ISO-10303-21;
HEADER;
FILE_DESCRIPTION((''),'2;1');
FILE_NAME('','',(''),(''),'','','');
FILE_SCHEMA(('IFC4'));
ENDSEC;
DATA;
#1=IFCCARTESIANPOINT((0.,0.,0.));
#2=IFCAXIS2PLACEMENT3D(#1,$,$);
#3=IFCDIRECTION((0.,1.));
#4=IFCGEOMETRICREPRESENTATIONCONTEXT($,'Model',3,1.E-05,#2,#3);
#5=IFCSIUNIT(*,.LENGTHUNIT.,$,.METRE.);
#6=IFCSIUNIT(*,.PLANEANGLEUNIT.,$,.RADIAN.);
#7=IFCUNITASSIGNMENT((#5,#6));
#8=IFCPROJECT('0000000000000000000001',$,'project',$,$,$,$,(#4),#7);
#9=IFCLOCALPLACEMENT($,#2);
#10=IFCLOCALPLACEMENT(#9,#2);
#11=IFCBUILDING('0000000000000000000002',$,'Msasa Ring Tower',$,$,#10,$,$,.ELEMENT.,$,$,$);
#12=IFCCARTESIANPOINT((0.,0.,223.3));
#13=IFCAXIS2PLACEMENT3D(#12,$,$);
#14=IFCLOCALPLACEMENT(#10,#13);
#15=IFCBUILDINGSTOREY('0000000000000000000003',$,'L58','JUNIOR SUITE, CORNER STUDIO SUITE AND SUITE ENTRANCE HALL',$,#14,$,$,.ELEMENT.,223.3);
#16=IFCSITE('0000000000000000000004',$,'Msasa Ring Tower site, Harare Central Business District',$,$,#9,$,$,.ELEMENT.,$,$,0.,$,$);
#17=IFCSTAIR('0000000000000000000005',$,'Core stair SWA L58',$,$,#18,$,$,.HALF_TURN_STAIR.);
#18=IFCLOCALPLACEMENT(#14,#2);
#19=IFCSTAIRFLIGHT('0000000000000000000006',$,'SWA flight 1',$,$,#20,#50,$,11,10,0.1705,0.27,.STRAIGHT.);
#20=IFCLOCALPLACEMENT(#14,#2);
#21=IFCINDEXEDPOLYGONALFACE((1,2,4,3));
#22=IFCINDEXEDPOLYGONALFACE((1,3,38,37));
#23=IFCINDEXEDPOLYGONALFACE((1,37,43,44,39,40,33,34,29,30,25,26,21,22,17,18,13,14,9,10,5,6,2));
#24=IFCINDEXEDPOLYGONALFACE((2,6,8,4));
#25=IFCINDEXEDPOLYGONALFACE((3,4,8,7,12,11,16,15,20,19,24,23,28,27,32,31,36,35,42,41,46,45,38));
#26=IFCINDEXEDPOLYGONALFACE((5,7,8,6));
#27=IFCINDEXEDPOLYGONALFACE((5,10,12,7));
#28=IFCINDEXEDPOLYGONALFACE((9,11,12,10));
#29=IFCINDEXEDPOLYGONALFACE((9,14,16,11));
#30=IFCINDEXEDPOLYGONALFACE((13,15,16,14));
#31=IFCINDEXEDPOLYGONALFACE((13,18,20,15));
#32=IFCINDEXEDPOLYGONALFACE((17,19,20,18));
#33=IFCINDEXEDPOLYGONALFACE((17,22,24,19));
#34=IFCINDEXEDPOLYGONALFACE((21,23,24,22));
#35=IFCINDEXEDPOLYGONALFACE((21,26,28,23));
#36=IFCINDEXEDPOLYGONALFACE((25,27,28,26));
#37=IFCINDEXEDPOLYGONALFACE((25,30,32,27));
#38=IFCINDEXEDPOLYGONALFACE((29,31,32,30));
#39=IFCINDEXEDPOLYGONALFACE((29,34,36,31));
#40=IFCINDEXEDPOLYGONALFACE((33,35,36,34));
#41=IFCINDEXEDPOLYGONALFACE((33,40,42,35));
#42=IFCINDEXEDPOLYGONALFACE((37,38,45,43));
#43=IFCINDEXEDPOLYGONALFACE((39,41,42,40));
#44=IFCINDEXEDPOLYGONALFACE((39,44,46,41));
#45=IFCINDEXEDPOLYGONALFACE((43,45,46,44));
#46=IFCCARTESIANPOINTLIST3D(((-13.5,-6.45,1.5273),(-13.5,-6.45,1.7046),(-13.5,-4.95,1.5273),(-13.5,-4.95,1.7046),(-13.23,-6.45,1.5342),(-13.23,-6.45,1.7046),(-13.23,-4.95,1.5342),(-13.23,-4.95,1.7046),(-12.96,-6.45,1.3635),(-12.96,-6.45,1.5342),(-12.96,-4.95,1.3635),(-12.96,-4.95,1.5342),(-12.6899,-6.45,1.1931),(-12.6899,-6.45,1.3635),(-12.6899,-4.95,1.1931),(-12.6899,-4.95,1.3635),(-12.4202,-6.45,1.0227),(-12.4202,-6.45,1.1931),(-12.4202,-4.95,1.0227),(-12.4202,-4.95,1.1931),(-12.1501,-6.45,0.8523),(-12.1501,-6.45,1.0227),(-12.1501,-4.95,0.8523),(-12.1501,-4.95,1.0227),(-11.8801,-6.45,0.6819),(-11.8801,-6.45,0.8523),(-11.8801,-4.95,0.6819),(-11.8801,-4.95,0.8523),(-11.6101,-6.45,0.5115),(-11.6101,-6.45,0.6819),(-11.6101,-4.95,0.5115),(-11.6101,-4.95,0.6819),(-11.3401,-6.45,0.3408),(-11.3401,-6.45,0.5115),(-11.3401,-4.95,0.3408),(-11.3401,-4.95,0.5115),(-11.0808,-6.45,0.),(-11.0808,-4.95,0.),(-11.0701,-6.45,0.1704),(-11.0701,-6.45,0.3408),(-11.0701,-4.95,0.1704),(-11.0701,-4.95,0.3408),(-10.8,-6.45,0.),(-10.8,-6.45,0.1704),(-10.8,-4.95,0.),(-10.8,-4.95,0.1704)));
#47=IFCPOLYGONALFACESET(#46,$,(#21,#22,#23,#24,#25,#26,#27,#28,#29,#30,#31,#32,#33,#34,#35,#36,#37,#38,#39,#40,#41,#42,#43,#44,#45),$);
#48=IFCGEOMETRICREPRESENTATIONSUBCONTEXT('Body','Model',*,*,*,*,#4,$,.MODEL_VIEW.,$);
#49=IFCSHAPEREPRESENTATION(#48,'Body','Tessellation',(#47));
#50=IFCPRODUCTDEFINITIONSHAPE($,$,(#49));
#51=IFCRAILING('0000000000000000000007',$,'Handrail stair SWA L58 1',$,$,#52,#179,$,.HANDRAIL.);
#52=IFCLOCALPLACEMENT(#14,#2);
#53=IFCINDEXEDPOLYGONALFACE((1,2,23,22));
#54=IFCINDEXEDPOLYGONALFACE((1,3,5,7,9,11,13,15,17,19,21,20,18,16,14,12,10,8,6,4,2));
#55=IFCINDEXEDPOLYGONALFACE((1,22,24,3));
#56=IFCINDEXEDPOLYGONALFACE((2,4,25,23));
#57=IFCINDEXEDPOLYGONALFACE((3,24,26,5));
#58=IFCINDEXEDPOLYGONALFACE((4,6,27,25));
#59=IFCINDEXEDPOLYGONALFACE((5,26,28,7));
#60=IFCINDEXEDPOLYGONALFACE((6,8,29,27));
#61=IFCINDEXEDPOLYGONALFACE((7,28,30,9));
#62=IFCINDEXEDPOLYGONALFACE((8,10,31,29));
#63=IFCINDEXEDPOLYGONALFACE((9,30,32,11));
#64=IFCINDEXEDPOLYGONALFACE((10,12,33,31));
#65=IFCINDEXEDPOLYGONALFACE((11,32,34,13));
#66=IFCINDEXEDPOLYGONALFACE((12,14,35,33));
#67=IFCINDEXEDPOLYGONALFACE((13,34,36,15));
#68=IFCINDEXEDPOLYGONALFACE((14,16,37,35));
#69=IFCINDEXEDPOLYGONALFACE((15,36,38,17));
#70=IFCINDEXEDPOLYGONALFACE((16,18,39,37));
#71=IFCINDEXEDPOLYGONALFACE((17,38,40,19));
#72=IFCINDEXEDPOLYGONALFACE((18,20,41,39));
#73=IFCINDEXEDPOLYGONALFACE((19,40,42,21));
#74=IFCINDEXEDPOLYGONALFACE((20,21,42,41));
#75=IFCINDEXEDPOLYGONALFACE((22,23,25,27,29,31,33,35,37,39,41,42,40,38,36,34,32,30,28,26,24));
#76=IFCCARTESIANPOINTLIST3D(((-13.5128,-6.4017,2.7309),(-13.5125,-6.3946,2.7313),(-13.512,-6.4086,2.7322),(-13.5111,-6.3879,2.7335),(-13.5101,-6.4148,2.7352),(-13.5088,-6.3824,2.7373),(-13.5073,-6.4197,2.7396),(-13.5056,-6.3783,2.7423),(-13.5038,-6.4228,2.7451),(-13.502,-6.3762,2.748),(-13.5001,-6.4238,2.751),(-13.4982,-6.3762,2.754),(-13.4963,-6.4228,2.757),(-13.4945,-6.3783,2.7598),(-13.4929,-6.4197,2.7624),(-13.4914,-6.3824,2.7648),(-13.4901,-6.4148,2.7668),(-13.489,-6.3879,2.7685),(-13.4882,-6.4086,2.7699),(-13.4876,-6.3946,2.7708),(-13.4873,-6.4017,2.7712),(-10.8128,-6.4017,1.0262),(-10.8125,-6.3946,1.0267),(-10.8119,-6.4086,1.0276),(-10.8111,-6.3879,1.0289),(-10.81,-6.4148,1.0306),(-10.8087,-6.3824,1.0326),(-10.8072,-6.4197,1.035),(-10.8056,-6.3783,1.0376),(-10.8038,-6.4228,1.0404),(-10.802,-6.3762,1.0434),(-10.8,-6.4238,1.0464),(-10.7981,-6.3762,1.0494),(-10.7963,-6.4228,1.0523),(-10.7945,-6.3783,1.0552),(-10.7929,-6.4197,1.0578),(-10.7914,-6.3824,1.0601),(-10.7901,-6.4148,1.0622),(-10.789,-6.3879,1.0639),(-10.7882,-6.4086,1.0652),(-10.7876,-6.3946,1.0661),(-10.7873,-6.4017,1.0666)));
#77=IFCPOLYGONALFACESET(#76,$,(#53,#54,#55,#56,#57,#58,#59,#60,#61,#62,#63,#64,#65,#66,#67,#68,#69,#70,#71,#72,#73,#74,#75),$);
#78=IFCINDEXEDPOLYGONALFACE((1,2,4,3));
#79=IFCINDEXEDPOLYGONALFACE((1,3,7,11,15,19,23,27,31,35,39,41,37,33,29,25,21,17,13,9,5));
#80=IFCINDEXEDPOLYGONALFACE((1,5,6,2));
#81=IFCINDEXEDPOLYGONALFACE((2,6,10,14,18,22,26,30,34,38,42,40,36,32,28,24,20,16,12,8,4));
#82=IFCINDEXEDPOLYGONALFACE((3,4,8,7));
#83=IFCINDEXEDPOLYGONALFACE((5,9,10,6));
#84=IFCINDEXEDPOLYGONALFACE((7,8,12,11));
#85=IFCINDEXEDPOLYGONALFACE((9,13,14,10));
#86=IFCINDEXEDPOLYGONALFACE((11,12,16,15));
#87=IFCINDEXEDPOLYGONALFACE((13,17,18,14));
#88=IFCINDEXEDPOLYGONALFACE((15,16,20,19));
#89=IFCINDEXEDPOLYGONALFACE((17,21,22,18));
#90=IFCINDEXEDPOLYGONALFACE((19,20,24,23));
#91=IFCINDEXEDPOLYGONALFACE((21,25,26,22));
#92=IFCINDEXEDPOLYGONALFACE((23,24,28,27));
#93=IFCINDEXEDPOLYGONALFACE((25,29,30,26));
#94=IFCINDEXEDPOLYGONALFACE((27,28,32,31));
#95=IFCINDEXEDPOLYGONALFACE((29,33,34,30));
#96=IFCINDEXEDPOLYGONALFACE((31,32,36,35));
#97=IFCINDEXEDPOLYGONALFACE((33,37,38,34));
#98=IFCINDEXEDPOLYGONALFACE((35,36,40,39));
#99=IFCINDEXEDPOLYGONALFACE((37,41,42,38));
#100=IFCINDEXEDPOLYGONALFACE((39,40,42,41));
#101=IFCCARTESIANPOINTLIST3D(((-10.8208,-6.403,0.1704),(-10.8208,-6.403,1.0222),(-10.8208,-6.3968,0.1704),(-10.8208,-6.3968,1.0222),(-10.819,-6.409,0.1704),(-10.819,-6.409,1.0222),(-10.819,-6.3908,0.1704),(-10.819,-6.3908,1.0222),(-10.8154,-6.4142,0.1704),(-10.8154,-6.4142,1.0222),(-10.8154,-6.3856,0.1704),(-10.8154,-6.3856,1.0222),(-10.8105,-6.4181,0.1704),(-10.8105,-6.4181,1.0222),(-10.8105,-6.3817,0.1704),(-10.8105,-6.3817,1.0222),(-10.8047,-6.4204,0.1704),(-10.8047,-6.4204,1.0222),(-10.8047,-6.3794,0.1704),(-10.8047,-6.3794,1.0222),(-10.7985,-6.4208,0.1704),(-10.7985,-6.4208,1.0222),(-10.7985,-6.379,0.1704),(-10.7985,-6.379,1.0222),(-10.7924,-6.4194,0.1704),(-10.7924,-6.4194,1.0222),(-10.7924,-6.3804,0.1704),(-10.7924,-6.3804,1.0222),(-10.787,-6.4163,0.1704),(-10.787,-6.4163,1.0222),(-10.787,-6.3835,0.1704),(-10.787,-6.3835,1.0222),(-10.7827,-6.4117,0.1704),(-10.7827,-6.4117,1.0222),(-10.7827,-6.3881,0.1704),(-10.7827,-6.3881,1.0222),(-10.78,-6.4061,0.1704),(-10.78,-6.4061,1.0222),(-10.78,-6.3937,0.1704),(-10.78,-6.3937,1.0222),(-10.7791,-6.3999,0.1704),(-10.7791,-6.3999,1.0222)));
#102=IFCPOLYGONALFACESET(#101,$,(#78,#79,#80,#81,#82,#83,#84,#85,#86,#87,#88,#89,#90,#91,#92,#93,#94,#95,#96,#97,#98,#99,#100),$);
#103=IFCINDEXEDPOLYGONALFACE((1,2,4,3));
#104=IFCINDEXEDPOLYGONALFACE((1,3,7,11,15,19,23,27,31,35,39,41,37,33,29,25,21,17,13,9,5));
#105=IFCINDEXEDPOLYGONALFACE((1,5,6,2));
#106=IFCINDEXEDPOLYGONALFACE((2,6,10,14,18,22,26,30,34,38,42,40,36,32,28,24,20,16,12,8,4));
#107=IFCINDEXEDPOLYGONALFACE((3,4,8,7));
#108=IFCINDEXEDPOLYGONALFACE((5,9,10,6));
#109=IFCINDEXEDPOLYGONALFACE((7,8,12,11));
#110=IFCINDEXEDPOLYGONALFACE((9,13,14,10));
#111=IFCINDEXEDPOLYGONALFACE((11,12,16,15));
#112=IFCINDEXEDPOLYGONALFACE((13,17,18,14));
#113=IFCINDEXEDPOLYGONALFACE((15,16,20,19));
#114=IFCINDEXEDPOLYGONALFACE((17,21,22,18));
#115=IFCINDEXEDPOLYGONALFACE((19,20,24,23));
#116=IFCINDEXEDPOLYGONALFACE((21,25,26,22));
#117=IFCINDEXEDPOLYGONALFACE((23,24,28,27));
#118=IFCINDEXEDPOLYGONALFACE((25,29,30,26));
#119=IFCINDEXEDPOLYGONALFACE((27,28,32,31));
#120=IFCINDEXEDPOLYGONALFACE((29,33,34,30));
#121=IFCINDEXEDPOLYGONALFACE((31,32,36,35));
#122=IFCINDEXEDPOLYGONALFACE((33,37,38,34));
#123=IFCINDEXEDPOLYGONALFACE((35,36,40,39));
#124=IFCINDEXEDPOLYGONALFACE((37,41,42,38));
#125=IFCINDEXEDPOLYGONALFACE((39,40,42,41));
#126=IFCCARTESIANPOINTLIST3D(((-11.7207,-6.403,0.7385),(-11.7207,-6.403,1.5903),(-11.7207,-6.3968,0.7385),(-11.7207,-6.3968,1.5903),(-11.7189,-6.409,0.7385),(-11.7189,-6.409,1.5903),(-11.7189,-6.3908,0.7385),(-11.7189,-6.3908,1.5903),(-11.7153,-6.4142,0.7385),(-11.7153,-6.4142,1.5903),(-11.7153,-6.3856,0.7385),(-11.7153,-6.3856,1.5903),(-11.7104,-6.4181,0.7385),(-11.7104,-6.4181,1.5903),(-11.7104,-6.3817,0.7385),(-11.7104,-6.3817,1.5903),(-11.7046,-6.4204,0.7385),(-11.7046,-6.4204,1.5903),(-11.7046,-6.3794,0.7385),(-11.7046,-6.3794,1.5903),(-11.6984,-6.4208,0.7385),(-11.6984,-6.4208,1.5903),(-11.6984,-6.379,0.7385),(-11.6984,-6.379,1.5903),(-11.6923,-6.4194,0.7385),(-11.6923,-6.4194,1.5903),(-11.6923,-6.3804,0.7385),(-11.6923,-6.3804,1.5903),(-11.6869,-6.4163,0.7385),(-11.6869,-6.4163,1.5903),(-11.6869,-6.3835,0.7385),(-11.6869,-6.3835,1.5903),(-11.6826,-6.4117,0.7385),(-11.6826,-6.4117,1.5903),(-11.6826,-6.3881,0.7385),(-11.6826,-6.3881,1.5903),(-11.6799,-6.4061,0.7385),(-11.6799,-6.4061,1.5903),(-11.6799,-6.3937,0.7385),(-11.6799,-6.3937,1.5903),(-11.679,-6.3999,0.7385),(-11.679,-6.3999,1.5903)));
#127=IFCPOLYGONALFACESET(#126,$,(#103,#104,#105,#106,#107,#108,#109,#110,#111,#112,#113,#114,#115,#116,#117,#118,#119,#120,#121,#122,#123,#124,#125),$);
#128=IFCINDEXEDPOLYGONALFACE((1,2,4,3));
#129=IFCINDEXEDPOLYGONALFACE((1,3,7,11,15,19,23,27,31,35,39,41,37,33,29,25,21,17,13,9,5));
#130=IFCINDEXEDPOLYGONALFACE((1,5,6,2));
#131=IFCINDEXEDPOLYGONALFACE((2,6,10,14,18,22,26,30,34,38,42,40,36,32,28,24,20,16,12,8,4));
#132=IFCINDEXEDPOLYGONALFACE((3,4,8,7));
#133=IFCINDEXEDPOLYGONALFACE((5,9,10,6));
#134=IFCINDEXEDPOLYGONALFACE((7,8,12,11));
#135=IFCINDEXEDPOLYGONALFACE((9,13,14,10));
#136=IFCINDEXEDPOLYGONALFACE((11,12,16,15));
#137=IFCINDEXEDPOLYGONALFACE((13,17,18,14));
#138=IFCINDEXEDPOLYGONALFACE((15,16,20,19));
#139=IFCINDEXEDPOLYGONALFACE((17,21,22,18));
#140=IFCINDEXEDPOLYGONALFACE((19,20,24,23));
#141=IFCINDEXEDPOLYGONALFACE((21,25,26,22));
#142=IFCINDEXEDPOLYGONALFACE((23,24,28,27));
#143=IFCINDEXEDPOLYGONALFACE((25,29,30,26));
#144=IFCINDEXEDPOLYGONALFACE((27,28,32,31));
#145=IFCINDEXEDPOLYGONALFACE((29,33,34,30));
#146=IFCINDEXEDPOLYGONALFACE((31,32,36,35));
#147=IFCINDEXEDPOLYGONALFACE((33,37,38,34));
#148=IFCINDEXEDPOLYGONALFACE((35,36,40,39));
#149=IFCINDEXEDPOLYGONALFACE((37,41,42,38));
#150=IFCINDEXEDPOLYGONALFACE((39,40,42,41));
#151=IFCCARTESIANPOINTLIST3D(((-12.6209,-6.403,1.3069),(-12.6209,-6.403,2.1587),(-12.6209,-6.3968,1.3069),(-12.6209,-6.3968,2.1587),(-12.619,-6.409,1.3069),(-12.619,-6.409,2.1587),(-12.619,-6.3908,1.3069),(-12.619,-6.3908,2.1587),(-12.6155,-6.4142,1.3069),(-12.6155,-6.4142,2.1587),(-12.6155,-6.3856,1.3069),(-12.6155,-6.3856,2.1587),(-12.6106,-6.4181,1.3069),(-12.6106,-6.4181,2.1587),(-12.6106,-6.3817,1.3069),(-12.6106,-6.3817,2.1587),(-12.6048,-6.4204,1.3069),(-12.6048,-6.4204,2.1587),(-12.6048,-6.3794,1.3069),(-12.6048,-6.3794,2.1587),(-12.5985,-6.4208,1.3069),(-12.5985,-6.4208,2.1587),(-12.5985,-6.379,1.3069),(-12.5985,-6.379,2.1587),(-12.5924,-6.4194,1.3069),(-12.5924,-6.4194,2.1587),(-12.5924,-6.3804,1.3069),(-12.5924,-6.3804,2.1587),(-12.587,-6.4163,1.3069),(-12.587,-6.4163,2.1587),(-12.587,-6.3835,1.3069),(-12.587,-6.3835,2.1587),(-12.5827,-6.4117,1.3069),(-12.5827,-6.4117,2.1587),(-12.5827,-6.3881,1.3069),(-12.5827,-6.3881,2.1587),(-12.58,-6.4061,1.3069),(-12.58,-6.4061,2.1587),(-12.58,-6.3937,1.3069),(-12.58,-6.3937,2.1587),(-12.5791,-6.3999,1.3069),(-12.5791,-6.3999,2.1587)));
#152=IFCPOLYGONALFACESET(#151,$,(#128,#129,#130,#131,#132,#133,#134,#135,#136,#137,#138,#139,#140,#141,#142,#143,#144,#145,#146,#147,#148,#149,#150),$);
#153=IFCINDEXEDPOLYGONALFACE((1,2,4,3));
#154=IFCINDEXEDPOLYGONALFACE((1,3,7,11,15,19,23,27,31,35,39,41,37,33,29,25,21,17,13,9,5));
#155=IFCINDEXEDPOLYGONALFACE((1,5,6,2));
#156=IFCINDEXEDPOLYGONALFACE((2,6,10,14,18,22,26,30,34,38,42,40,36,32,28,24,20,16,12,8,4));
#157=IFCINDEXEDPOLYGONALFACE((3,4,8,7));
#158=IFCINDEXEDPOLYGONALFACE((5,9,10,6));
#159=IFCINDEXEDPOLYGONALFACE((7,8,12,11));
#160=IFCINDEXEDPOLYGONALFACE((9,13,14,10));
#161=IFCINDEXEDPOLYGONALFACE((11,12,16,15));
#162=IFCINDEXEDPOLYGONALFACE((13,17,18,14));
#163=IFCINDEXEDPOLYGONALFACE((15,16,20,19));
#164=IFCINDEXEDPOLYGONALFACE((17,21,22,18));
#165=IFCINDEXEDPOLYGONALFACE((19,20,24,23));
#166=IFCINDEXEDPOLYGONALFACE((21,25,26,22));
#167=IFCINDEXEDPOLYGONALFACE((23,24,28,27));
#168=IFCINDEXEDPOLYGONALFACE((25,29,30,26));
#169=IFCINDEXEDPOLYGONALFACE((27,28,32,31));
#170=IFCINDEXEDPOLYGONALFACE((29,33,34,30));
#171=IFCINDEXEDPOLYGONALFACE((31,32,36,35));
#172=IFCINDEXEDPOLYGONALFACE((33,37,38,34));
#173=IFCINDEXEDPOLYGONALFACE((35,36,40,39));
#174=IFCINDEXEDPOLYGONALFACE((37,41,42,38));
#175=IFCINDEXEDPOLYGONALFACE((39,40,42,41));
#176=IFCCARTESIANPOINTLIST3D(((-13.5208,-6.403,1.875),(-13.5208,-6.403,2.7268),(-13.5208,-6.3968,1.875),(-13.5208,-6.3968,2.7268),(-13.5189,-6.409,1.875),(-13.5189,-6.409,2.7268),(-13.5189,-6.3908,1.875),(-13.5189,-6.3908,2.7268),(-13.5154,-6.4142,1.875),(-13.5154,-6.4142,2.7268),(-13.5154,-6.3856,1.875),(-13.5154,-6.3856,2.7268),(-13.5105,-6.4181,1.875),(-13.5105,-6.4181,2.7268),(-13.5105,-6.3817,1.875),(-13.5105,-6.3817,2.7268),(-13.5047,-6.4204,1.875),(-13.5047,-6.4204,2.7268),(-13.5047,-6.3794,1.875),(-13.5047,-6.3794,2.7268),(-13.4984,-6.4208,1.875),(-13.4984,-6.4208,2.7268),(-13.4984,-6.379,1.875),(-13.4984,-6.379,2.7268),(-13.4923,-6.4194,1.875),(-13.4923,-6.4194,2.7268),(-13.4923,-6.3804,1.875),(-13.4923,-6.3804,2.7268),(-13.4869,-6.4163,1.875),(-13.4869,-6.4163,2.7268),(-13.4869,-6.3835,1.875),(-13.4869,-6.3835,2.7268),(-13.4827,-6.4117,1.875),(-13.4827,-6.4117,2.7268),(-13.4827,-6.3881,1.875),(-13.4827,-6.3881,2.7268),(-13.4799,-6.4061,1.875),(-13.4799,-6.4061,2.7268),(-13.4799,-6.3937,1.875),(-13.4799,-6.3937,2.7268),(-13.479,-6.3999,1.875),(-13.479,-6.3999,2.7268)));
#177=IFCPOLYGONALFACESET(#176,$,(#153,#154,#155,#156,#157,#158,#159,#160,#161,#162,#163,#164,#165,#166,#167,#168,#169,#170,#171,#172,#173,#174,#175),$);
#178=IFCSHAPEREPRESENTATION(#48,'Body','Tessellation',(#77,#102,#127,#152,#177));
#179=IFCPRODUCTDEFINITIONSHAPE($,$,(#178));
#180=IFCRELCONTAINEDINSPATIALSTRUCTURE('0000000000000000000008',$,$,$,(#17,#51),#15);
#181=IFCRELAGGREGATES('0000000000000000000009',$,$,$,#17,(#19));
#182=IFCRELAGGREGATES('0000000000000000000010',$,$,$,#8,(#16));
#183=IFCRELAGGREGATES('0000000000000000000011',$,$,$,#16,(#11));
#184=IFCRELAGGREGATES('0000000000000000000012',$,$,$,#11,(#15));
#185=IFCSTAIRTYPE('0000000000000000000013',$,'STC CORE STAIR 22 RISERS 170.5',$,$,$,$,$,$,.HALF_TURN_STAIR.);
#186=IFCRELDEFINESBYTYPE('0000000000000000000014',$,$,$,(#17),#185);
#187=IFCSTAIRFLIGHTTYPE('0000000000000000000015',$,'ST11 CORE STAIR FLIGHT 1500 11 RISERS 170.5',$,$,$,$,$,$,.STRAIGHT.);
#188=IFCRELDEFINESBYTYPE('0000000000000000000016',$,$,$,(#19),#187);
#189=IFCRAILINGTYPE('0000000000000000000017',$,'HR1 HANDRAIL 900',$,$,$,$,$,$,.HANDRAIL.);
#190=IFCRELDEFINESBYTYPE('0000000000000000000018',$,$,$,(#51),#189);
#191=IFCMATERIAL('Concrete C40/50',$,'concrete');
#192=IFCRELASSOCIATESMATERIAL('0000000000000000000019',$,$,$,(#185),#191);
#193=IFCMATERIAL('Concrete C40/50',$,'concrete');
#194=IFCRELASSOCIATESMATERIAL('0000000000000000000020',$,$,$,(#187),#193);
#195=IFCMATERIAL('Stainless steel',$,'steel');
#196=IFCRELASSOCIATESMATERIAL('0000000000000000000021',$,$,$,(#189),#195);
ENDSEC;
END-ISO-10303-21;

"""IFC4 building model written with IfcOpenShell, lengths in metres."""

from ifc_helpers import new_model, si_unit, direction, frame, origin, origin_2d, place, context, subcontext, project, spatial, polyline, circle, outline, extrude, material, type_object, element, aggregate, save


model = new_model("IFC4")

# Units and contexts
model_context = context("Model", 3, precision=1e-05, world=origin(), true_north=direction((0.0, 1.0)))
body_context = subcontext(model_context, "Body", "Model", "MODEL_VIEW")
ifc_project = project(units=[si_unit("LENGTHUNIT", "METRE"), si_unit("PLANEANGLEUNIT", "RADIAN")], contexts=[model_context])

# Site, building, storey
site_placement = place(None, origin())
site = spatial("IfcSite", under=ifc_project, at=site_placement, Name="Msasa Ring Tower site, Harare Central Business District", CompositionType="ELEMENT", RefElevation=0.0)
building_placement = place(site_placement, origin())
building = spatial("IfcBuilding", under=site, at=building_placement, Name="Msasa Ring Tower", CompositionType="ELEMENT")
storey_placement = place(building_placement, frame((0.0, 0.0, 223.3)))
storey = spatial("IfcBuildingStorey", under=building, at=storey_placement, Name="L58", Description="JUNIOR SUITE, CORNER STUDIO SUITE AND SUITE ENTRANCE HALL", CompositionType="ELEMENT", Elevation=223.3)

# Stair, stair flight
ifc_material_1 = material(Name="Concrete C40/50", Category="concrete")
stair_type = type_object("IfcStairType", Name="STC CORE STAIR 22 RISERS 170.5", PredefinedType="HALF_TURN_STAIR", material=ifc_material_1)
stair_placement = place(storey_placement, origin())
stair = element("IfcStair", 1, at=stair_placement, inside=storey, type_object=stair_type, Name="Core stair SWA L58", PredefinedType="HALF_TURN_STAIR")
ifc_material_2 = material(Name="Concrete C40/50", Category="concrete")
stair_flight_type = type_object("IfcStairFlightType", Name="ST11 CORE STAIR FLIGHT 1500 11 RISERS 170.5", PredefinedType="STRAIGHT", material=ifc_material_2)
stair_flight_placement = place(storey_placement, frame((-10.8, -5.7, 0.0), z_axis=(0.0, 0.0, 1.0), x_axis=(-1.0, 0.0, 0.0)))
stair_flight = element("IfcStairFlight", 2, at=stair_flight_placement, type_object=stair_flight_type, Name="SWA flight 1", NumberOfRisers=11, NumberOfTreads=10, PredefinedType="STRAIGHT", RiserHeight=0.1705, TreadLength=0.27, context=body_context, shape_type="SweptSolid", body=[
    extrude(outline(polyline([(0.0, 0.0), (0.0, 0.1704), (0.27, 0.1704), (0.27, 0.3408), (0.54, 0.3408), (0.54, 0.5115), (0.8101, 0.5115), (0.8101, 0.6819), (1.0801, 0.6819), (1.0801, 0.8523), (1.3501, 0.8523), (1.3501, 1.0227), (1.6201, 1.0227), (1.6201, 1.1931), (1.8899, 1.1931), (1.8899, 1.3635), (2.1599, 1.3635), (2.1599, 1.5342), (2.4299, 1.5342), (2.4299, 1.7046), (2.7, 1.7046), (2.7, 1.875), (2.7, 1.5273), (0.2808, 0.0), (0.0, 0.0)])), frame((0.0, 0.75, 0.0), z_axis=(0.0, -1.0, 0.0), x_axis=(1.0, 0.0, 0.0)), (0.0, 0.0, 1.0), 1.5),
])
aggregate(stair, [stair_flight])

# Railing
ifc_material_3 = material(Name="Stainless steel", Category="steel")
railing_type = type_object("IfcRailingType", Name="HR1 HANDRAIL 900", PredefinedType="HANDRAIL", material=ifc_material_3)
for number, where, name in (
    (3, (-10.8, -6.3999, 0.1704), "Handrail stair SWA L58 1"),
):
    element("IfcRailing", number, at=place(storey_placement, frame(where)), inside=storey, type_object=railing_type, Name=name, PredefinedType="HANDRAIL", context=body_context, shape_type="SweptSolid", body=[
        extrude(circle(Radius=0.0239, at=origin_2d()), frame((0.0, 0.0, 0.876), z_axis=(-0.84558, 0.0, 0.533849), x_axis=(0.0, -1.0, 0.0)), (0.0, 0.0, 1.0), 3.1931),
        extrude(circle(Radius=0.021, at=origin_2d()), origin(), (0.0, 0.0, 1.0), 0.8518),
        extrude(circle(Radius=0.021, at=origin_2d()), frame((-0.8999, 0.0, 0.5681)), (0.0, 0.0, 1.0), 0.8518),
        extrude(circle(Radius=0.021, at=origin_2d()), frame((-1.8, 0.0, 1.1365)), (0.0, 0.0, 1.0), 0.8518),
        extrude(circle(Radius=0.021, at=origin_2d()), frame((-2.7, 0.0, 1.7046)), (0.0, 0.0, 1.0), 0.8518),
    ])

save(model, "model.ifc")
